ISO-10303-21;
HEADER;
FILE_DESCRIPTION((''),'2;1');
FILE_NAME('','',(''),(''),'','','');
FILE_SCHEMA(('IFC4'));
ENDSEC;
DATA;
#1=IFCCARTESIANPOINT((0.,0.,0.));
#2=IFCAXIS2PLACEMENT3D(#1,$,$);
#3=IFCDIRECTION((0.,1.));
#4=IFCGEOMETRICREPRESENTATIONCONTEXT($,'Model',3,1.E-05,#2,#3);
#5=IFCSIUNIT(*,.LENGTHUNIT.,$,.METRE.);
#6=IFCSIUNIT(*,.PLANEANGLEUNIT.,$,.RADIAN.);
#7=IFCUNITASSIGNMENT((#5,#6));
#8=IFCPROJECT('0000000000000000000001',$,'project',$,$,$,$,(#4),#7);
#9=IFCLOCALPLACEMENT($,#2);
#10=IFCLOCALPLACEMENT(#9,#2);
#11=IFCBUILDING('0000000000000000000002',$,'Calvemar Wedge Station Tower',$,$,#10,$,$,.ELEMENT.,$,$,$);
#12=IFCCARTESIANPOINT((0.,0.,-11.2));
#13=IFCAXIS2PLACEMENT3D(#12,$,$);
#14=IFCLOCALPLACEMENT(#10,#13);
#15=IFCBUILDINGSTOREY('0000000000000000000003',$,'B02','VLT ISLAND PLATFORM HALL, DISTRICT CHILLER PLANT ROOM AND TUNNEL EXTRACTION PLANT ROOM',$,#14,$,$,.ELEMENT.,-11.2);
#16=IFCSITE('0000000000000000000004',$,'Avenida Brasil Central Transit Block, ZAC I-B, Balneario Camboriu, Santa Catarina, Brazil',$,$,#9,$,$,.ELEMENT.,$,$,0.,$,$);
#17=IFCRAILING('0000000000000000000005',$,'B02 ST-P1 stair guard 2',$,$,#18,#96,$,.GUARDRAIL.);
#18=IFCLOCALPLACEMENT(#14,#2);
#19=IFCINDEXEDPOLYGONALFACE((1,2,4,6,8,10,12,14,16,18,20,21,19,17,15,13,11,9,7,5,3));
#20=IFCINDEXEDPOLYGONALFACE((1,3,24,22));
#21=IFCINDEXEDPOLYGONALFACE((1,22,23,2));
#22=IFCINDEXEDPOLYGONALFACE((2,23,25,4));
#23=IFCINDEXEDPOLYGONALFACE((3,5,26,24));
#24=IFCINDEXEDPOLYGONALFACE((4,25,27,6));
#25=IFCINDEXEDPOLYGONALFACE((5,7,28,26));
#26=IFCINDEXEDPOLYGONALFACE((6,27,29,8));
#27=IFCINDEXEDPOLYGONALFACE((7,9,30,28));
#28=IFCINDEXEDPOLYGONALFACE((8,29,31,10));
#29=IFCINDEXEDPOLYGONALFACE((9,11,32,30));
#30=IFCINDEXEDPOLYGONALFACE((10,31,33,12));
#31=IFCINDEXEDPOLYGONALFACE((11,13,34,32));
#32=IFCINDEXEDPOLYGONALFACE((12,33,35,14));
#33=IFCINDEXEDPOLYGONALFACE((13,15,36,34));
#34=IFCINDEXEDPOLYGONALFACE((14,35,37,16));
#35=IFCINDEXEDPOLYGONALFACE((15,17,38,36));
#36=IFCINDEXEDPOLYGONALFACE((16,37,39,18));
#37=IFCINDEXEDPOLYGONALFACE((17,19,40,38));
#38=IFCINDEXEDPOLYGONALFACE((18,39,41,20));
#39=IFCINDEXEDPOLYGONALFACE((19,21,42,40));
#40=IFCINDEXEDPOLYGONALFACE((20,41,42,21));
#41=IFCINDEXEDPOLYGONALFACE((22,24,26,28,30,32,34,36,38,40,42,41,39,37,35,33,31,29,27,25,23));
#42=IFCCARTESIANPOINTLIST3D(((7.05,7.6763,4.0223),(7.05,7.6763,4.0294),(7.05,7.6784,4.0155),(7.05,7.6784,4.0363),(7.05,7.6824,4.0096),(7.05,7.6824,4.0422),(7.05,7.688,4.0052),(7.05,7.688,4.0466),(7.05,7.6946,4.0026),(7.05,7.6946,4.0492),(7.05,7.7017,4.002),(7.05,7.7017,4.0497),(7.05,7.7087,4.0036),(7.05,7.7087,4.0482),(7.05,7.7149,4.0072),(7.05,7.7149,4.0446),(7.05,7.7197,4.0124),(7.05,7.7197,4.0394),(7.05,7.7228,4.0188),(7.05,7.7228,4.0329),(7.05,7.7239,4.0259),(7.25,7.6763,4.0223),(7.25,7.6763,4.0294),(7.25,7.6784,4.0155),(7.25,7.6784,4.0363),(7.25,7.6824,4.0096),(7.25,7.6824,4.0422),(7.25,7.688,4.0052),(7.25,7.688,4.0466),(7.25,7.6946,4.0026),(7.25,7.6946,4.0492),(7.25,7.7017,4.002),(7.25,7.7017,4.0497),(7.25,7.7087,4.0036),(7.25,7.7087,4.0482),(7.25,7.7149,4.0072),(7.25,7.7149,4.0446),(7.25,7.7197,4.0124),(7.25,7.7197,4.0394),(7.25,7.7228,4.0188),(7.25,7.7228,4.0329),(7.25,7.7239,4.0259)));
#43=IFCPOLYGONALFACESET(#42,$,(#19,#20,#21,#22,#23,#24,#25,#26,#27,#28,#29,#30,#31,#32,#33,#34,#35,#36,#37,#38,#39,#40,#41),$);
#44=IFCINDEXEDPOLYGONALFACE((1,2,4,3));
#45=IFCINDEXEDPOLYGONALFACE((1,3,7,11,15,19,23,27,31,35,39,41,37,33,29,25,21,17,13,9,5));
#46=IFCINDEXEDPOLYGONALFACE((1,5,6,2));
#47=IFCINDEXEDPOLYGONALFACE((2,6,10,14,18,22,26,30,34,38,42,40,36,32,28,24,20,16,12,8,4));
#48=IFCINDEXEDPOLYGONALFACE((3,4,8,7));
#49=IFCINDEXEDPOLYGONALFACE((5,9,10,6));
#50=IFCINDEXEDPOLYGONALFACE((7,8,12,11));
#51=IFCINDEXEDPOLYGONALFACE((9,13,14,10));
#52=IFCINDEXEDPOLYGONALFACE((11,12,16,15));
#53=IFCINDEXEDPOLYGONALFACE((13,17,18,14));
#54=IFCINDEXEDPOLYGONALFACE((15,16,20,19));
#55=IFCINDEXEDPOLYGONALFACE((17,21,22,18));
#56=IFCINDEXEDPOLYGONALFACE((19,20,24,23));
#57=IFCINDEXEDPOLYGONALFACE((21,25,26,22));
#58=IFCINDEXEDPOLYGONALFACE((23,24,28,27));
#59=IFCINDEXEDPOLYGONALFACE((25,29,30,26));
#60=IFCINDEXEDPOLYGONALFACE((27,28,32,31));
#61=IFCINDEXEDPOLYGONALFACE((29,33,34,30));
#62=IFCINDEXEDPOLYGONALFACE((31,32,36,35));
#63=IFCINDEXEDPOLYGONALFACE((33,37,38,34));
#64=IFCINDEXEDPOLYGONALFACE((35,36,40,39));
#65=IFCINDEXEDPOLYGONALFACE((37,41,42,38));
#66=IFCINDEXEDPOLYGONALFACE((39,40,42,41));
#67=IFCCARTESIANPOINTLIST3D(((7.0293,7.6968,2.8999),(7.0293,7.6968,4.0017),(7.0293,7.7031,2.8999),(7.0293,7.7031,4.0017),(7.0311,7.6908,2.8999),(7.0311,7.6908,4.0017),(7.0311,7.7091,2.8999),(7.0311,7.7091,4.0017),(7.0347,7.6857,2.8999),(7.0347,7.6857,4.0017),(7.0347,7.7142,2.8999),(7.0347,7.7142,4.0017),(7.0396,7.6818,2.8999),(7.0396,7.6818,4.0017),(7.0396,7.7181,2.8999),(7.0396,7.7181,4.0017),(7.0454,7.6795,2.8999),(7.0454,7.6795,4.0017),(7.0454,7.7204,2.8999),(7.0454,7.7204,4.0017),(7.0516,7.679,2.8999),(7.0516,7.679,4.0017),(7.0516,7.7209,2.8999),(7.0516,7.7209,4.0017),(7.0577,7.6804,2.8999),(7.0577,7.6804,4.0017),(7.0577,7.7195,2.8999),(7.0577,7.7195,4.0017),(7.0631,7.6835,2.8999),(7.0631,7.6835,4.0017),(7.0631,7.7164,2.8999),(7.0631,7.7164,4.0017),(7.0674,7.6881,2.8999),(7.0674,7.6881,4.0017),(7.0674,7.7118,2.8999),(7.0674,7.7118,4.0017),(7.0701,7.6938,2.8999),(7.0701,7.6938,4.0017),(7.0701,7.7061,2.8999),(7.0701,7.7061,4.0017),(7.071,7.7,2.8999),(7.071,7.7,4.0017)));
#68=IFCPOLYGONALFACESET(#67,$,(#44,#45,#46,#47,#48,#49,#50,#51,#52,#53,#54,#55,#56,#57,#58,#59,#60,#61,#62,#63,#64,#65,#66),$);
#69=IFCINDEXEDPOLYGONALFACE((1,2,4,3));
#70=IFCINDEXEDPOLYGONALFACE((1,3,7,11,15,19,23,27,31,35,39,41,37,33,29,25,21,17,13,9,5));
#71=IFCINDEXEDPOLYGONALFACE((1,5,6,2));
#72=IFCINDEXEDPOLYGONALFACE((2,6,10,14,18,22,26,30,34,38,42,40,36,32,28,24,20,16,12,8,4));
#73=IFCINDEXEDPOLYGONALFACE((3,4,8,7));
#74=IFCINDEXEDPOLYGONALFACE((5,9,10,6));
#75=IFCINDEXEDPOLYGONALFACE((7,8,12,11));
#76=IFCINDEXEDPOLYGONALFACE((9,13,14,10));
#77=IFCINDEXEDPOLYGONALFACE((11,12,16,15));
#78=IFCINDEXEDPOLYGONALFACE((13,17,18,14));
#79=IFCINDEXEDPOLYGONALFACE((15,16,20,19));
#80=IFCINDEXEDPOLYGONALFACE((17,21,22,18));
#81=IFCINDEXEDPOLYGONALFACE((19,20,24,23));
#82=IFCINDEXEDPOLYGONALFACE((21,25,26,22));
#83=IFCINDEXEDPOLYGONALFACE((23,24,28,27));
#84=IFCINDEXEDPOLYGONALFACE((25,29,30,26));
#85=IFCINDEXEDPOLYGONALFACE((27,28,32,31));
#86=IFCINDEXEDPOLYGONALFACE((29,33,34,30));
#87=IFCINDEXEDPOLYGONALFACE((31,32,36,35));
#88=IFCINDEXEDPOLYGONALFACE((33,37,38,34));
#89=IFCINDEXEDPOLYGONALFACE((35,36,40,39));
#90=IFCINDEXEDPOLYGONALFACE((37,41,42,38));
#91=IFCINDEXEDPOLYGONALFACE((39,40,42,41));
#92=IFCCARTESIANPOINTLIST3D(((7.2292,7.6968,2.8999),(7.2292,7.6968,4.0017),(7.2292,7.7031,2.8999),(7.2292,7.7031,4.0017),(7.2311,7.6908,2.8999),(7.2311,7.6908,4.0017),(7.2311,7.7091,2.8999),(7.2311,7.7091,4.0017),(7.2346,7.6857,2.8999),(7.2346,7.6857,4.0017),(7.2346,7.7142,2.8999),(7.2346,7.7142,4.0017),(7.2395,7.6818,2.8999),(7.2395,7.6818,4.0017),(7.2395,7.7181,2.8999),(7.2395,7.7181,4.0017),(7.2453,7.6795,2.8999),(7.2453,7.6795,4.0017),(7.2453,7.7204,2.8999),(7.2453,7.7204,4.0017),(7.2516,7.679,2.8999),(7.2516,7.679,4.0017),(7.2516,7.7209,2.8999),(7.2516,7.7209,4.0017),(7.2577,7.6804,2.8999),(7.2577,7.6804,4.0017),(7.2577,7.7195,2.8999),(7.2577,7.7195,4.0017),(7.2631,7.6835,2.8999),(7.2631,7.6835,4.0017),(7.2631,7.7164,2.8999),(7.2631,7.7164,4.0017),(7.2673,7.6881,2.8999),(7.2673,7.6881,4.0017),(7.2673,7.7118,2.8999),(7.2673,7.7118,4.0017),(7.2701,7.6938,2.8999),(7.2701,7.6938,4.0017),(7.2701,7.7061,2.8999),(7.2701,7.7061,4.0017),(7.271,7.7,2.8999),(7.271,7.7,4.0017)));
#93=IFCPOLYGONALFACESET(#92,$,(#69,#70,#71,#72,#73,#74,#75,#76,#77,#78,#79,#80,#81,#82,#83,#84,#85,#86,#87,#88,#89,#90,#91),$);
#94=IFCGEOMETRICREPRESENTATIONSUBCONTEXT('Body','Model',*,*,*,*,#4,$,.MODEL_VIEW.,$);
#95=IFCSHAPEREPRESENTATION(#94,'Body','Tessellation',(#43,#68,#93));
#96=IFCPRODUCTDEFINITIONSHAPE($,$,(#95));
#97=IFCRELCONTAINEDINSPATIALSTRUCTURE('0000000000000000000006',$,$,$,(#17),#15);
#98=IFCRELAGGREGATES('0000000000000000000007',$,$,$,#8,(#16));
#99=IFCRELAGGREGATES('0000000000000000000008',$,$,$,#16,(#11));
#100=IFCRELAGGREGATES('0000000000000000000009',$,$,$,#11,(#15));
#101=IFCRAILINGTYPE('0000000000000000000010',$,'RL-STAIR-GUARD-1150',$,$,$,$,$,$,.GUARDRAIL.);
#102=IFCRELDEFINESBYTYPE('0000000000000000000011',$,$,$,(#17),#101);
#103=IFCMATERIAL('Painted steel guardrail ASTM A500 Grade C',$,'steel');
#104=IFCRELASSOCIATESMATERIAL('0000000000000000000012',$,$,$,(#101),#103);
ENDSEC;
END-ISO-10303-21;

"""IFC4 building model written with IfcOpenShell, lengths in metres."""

from ifc_helpers import new_model, si_unit, direction, frame, origin, origin_2d, place, context, subcontext, project, spatial, circle, extrude, material, type_object, element, save


model = new_model("IFC4")

# Units and contexts
model_context = context("Model", 3, precision=1e-05, world=origin(), true_north=direction((0.0, 1.0)))
body_context = subcontext(model_context, "Body", "Model", "MODEL_VIEW")
ifc_project = project(units=[si_unit("LENGTHUNIT", "METRE"), si_unit("PLANEANGLEUNIT", "RADIAN")], contexts=[model_context])

# Site, building, storey
site_placement = place(None, origin())
site = spatial("IfcSite", under=ifc_project, at=site_placement, Name="Avenida Brasil Central Transit Block, ZAC I-B, Balneario Camboriu, Santa Catarina, Brazil", CompositionType="ELEMENT", RefElevation=0.0)
building_placement = place(site_placement, origin())
building = spatial("IfcBuilding", under=site, at=building_placement, Name="Calvemar Wedge Station Tower", CompositionType="ELEMENT")
storey_placement = place(building_placement, frame((0.0, 0.0, -11.2)))
storey = spatial("IfcBuildingStorey", under=building, at=storey_placement, Name="B02", Description="VLT ISLAND PLATFORM HALL, DISTRICT CHILLER PLANT ROOM AND TUNNEL EXTRACTION PLANT ROOM", CompositionType="ELEMENT", Elevation=-11.2)

# Railing
ifc_material_1 = material(Name="Painted steel guardrail ASTM A500 Grade C", Category="steel")
railing_type_1 = type_object("IfcRailingType", Name="RL-STAIR-GUARD-1150", PredefinedType="GUARDRAIL", material=ifc_material_1)
railing_1_placement = place(storey_placement, frame((7.05, 7.7, 2.8999)))
element("IfcRailing", 1, at=railing_1_placement, inside=storey, type_object=railing_type_1, Name="B02 ST-P1 stair guard 2", PredefinedType="GUARDRAIL", context=body_context, shape_type="SweptSolid", body=[
    extrude(circle(Radius=0.0239, at=origin_2d()), frame((0.0, 0.0, 1.126), z_axis=(1.0, 0.0, 0.0), x_axis=(0.0, 1.0, 0.0)), (0.0, 0.0, 1.0), 0.2),
    extrude(circle(Radius=0.021, at=origin_2d()), origin(), (0.0, 0.0, 1.0), 1.1018),
    extrude(circle(Radius=0.021, at=origin_2d()), frame((0.2, 0.0, 0.0)), (0.0, 0.0, 1.0), 1.1018),
])

save(model, "model.ifc")
